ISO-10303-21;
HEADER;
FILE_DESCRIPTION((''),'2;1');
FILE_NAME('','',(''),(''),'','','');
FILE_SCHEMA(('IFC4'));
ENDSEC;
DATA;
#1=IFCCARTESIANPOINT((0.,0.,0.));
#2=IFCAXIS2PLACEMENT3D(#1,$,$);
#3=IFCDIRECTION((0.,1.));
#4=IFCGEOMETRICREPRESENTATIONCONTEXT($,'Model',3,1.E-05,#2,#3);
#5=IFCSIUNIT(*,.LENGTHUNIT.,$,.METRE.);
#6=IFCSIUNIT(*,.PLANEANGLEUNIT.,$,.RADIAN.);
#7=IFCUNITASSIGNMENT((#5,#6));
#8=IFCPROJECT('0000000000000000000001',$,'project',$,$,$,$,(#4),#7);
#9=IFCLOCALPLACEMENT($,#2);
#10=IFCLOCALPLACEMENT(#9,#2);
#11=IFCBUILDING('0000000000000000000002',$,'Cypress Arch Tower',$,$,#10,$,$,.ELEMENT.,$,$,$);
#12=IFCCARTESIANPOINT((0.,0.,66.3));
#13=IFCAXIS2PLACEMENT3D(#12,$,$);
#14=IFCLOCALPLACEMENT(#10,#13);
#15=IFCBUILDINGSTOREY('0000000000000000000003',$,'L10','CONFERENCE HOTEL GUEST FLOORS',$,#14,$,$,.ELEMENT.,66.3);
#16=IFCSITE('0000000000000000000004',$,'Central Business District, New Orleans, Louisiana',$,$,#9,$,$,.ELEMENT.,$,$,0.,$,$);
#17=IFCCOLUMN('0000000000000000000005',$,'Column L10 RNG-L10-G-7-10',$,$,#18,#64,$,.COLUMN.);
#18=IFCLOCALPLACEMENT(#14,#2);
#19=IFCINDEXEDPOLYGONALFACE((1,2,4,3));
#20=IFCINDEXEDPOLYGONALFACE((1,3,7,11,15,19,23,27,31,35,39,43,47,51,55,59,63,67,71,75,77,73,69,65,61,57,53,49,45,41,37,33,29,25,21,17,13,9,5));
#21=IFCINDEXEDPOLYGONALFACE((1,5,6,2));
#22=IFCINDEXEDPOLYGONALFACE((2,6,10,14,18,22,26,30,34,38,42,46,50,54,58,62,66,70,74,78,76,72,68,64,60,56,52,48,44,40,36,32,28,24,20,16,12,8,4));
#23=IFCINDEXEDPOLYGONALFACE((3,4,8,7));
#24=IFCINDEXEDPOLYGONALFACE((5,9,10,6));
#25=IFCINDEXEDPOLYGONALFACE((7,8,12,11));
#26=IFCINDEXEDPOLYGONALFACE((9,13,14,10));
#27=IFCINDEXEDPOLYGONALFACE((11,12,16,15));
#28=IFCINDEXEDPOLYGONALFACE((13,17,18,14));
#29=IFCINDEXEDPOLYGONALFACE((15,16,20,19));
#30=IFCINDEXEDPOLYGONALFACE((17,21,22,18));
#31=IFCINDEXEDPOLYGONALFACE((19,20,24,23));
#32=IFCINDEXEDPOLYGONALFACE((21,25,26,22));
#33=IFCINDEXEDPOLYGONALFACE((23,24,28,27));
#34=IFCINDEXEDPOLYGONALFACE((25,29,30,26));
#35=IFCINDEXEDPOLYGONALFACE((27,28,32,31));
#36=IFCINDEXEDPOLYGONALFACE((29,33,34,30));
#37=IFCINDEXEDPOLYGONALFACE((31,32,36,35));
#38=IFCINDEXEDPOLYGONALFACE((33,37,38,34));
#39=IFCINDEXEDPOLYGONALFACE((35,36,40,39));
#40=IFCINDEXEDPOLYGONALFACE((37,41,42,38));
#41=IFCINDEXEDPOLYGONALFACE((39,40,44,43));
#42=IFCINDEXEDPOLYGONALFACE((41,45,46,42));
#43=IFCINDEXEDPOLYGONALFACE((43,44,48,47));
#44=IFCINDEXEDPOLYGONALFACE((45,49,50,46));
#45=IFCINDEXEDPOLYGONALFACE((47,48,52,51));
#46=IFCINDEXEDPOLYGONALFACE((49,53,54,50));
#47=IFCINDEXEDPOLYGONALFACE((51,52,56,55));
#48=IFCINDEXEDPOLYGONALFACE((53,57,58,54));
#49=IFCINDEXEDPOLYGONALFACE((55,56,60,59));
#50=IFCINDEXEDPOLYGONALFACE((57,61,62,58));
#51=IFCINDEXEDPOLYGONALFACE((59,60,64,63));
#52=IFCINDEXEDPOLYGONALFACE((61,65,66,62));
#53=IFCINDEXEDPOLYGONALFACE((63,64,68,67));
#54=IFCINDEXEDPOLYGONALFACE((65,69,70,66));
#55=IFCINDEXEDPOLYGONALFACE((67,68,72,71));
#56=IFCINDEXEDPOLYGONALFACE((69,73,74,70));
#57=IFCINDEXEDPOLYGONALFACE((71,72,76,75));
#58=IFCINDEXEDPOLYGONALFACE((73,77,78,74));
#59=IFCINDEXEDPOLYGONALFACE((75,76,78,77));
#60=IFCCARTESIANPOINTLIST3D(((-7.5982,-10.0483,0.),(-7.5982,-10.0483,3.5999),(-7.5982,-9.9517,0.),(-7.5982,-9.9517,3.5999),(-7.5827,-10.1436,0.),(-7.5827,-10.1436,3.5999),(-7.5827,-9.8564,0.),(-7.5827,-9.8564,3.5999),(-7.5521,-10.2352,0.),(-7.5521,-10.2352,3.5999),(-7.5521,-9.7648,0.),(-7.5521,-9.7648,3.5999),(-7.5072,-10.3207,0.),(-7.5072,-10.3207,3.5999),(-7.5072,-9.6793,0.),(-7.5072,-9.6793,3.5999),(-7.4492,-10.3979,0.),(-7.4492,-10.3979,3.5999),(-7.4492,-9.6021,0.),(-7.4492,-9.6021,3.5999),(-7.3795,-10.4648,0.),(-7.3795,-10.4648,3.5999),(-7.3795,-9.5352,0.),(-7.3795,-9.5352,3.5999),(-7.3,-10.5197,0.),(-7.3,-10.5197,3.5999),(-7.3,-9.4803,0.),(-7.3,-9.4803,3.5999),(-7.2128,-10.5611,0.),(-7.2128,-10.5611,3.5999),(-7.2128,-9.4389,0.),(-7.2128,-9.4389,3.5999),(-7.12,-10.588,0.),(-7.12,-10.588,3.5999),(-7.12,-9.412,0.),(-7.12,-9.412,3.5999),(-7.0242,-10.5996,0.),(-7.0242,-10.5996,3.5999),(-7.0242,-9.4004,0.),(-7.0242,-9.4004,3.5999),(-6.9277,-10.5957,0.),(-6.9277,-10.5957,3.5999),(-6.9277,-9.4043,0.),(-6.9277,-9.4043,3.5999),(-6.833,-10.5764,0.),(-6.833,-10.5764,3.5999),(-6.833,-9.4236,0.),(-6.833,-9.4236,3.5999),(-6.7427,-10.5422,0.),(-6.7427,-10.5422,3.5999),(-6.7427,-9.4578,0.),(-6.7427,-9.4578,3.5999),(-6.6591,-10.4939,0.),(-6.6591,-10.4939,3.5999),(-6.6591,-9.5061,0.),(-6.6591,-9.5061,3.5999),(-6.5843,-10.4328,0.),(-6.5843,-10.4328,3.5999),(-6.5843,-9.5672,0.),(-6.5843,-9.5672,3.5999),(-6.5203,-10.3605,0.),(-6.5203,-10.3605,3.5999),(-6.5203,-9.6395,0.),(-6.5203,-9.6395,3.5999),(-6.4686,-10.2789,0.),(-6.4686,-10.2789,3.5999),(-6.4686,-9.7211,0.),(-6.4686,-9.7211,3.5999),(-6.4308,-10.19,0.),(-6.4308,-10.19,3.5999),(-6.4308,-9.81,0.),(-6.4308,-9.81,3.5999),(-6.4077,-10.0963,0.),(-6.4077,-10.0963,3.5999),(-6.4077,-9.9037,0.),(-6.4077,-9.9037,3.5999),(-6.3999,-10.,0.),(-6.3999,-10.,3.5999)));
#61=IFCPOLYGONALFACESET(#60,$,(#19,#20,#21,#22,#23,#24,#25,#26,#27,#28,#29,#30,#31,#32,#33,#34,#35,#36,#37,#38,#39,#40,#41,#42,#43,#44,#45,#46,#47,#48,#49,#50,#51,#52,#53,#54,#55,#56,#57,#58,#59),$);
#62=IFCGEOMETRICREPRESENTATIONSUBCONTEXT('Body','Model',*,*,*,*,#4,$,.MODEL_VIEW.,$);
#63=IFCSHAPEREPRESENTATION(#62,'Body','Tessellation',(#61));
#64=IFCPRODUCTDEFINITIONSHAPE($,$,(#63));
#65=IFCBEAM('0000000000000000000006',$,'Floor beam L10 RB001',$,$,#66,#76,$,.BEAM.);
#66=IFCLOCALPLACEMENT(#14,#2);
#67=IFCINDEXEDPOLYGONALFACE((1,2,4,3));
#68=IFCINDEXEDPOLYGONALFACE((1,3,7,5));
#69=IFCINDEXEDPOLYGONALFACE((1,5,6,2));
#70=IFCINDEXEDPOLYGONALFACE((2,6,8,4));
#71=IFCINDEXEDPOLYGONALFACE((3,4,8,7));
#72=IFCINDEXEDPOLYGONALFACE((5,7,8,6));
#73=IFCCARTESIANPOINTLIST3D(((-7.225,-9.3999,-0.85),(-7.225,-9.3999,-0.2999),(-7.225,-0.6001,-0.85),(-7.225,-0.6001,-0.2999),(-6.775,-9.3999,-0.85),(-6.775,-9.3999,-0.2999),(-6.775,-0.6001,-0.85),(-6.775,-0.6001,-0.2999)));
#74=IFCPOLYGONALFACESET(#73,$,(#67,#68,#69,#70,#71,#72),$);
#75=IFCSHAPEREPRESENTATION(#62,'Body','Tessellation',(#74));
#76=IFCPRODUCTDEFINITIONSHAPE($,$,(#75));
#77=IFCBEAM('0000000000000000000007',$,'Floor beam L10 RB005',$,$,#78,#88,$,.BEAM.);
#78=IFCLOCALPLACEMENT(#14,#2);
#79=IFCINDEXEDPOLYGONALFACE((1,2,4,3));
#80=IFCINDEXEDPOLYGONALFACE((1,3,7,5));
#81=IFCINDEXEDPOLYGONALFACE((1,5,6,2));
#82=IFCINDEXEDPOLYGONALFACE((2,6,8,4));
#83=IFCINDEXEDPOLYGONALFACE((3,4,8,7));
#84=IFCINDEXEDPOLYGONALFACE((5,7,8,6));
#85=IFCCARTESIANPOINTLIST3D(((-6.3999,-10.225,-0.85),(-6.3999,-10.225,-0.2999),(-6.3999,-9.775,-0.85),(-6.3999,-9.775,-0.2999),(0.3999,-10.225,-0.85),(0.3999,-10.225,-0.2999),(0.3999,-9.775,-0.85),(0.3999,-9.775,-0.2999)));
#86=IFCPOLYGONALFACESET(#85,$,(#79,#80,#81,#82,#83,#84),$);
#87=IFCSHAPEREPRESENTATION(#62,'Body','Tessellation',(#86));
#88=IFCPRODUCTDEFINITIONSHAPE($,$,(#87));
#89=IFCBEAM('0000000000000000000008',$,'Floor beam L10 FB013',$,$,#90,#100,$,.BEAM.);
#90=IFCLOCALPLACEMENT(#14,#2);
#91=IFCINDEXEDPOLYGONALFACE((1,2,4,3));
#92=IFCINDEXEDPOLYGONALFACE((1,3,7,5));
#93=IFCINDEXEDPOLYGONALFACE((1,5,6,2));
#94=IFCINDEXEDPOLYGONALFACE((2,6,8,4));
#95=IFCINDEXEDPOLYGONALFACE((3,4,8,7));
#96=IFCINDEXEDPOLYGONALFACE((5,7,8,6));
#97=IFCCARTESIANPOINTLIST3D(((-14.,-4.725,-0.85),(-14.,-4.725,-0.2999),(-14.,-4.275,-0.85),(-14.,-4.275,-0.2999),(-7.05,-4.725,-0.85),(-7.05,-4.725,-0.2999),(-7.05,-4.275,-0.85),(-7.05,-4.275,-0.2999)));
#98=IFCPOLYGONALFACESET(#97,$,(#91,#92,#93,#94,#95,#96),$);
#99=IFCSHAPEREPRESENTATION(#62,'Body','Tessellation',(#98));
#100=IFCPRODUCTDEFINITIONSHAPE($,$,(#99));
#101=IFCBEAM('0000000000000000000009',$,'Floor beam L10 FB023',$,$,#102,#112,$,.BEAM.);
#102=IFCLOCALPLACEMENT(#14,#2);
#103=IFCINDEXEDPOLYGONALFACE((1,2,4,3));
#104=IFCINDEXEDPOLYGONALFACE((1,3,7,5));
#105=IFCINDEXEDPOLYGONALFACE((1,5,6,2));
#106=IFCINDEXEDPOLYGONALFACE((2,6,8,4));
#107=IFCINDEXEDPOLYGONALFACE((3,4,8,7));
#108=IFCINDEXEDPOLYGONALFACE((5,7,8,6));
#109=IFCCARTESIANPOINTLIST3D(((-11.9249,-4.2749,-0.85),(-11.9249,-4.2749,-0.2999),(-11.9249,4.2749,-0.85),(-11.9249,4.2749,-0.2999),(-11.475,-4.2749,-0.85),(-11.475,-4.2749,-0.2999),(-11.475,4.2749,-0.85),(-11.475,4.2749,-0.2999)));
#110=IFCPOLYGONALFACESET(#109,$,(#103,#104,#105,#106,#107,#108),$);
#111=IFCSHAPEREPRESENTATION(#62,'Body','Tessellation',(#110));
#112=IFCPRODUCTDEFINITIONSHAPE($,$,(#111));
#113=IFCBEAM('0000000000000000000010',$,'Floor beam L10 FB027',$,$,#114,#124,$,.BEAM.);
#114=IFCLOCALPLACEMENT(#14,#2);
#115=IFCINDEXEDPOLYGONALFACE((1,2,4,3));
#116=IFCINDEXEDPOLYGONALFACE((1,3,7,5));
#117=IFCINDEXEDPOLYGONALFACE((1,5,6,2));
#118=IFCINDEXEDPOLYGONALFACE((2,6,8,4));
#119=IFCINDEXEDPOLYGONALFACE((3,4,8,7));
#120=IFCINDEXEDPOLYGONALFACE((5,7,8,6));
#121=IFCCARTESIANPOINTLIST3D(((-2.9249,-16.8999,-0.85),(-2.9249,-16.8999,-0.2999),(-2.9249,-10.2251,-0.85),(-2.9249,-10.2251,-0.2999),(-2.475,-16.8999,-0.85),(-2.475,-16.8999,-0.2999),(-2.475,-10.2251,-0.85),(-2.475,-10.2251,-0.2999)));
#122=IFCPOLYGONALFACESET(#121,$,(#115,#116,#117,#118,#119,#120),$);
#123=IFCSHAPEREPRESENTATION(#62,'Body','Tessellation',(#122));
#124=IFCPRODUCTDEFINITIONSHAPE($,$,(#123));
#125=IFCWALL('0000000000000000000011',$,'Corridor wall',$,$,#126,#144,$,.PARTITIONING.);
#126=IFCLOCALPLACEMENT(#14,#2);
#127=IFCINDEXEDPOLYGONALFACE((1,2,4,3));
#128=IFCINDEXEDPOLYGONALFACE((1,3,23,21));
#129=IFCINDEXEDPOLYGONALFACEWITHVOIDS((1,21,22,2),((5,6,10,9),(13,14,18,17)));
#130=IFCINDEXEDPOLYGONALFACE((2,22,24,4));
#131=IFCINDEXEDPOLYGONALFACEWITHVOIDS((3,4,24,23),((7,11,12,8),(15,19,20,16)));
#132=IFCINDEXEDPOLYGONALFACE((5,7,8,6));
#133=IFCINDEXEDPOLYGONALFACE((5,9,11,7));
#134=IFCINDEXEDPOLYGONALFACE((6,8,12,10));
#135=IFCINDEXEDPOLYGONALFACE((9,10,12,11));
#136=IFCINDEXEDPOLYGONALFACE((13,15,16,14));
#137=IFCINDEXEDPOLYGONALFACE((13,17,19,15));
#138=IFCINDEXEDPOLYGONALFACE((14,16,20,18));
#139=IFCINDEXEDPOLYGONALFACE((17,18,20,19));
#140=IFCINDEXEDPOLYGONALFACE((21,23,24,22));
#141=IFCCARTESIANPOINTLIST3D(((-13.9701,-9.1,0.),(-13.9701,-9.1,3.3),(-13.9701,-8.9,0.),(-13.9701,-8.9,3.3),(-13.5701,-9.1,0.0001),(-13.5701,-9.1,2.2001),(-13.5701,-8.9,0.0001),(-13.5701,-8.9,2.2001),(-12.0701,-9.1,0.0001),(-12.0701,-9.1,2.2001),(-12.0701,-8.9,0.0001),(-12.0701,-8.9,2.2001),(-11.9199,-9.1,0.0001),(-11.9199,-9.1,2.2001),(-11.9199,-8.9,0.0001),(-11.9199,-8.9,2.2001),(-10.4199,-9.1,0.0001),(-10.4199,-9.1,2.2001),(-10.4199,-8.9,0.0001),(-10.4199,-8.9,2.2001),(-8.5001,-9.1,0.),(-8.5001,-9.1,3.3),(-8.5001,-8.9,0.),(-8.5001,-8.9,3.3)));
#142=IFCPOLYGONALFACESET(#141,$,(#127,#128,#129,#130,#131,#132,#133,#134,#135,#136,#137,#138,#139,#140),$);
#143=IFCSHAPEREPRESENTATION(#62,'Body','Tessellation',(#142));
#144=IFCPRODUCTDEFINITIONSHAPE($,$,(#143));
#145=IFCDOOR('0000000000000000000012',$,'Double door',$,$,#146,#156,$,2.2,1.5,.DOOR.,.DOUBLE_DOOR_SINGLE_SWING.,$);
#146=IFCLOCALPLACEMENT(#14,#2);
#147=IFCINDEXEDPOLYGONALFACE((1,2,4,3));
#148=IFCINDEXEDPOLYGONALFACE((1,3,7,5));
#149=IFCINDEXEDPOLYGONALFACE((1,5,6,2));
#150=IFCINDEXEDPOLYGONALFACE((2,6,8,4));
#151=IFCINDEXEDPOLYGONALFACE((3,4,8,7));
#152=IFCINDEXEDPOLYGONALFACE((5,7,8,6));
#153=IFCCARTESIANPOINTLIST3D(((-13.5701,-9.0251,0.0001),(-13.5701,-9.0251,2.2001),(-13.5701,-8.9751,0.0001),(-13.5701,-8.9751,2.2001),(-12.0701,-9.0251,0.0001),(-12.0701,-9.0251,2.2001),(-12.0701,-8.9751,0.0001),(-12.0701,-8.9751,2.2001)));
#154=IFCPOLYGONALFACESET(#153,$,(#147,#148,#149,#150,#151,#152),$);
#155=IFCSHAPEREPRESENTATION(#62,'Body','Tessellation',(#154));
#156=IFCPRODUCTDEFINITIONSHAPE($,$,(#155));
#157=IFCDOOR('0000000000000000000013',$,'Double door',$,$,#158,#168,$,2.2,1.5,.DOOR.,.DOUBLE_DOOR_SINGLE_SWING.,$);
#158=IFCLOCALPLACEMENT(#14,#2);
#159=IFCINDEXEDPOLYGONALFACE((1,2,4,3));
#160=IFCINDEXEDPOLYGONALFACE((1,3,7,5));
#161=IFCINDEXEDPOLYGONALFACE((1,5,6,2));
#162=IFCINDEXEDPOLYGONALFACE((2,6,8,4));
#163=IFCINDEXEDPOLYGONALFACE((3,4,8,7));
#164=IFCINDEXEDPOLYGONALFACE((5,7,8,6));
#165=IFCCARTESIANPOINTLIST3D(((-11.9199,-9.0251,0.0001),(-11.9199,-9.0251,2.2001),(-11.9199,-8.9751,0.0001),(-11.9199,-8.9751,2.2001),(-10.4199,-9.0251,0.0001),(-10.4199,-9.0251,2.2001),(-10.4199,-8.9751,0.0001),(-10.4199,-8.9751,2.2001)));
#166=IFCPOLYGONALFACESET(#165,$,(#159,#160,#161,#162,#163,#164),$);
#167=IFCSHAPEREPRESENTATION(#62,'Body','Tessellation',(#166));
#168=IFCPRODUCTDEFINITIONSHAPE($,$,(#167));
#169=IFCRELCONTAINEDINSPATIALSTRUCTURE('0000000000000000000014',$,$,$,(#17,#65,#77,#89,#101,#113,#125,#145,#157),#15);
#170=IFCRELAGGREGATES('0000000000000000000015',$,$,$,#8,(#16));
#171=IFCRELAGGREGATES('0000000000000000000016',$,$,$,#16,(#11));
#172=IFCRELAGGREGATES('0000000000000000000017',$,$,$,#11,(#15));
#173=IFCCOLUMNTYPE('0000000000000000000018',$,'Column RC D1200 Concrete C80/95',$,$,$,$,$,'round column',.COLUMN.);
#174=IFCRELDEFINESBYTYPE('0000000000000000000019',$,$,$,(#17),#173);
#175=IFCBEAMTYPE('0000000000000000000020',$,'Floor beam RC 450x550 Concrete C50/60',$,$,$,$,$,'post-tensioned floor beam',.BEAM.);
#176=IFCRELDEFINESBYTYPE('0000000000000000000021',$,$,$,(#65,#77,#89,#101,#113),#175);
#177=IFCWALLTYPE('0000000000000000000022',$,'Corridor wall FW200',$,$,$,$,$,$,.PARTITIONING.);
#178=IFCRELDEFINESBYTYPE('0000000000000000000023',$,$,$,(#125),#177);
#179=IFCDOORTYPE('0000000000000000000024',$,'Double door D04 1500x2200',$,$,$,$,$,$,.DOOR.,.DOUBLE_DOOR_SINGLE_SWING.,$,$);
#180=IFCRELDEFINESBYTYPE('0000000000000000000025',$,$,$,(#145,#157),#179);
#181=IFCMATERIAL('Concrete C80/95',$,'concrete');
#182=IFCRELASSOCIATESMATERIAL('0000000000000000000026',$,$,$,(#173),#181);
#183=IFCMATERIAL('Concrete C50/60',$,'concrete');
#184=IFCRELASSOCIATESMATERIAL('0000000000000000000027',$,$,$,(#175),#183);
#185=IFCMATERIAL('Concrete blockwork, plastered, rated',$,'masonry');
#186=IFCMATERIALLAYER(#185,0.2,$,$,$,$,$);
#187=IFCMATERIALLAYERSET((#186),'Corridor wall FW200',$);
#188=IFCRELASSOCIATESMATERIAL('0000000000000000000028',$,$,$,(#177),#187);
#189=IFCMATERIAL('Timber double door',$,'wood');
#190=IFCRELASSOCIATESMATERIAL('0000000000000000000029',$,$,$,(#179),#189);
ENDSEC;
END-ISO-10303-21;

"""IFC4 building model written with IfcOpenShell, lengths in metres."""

from ifc_helpers import new_model, si_unit, direction, frame, frame_2d, origin, origin_2d, place, context, subcontext, project, spatial, rectangle, circle, extrude, material, layer, layer_set, material_profile, profile_set, type_object, element, fill, save


model = new_model("IFC4")

# Units and contexts
model_context = context("Model", 3, precision=1e-05, world=origin(), true_north=direction((0.0, 1.0)))
body_context = subcontext(model_context, "Body", "Model", "MODEL_VIEW")
ifc_project = project(units=[si_unit("LENGTHUNIT", "METRE"), si_unit("PLANEANGLEUNIT", "RADIAN")], contexts=[model_context])

# Site, building, storey
site_placement = place(None, origin())
site = spatial("IfcSite", under=ifc_project, at=site_placement, Name="Central Business District, New Orleans, Louisiana", CompositionType="ELEMENT", RefElevation=0.0)
building_placement = place(site_placement, origin())
building = spatial("IfcBuilding", under=site, at=building_placement, Name="Cypress Arch Tower", CompositionType="ELEMENT")
storey_placement = place(building_placement, frame((0.0, 0.0, 66.3)))
storey = spatial("IfcBuildingStorey", under=building, at=storey_placement, Name="L10", Description="CONFERENCE HOTEL GUEST FLOORS", CompositionType="ELEMENT", Elevation=66.3)

# Column
ifc_material_1 = material(Name="Concrete C80/95", Category="concrete")
ifc_material_profile_1 = material_profile(ifc_material_1, circle(Radius=0.6001, at=origin_2d()), Name="RC D1200")
ifc_profile_set_1 = profile_set([ifc_material_profile_1], Name="Concrete C80/95")
column_type = type_object("IfcColumnType", Name="Column RC D1200 Concrete C80/95", ElementType="round column", PredefinedType="COLUMN", material=ifc_profile_set_1)
column_placement = place(storey_placement, frame((-7.0, -10.0, 0.0), z_axis=(0.0, 0.0, 1.0), x_axis=(1.0, 0.0, 0.0)))
element("IfcColumn", 1, at=column_placement, inside=storey, type_object=column_type, Name="Column L10 RNG-L10-G-7-10", PredefinedType="COLUMN", context=body_context, shape_type="SweptSolid", body=[
    extrude(circle(Radius=0.6001, at=origin_2d()), origin(), (0.0, 0.0, 1.0), 3.5999),
])

# Beams
ifc_material_2 = material(Name="Concrete C50/60", Category="concrete")
ifc_material_profile_2 = material_profile(ifc_material_2, rectangle(XDim=0.45, YDim=0.55, at=origin_2d()), Name="RC 450x550")
ifc_profile_set_2 = profile_set([ifc_material_profile_2], Name="Concrete C50/60")
beam_type = type_object("IfcBeamType", Name="Floor beam RC 450x550 Concrete C50/60", ElementType="post-tensioned floor beam", PredefinedType="BEAM", material=ifc_profile_set_2)
beam_1_placement = place(storey_placement, frame((-7.0, -9.3999, -0.575), z_axis=(0.0, 1.0, 0.0), x_axis=(-1.0, 0.0, 0.0)))
element("IfcBeam", 2, at=beam_1_placement, inside=storey, type_object=beam_type, Name="Floor beam L10 RB001", PredefinedType="BEAM", context=body_context, shape_type="SweptSolid", body=[
    extrude(rectangle(XDim=0.45, YDim=0.55, at=origin_2d()), origin(), (0.0, 0.0, 1.0), 8.7998),
])
beam_2_placement = place(storey_placement, frame((-6.3999, -10.0, -0.575), z_axis=(1.0, 0.0, 0.0), x_axis=(0.0, 1.0, 0.0)))
element("IfcBeam", 3, at=beam_2_placement, inside=storey, type_object=beam_type, Name="Floor beam L10 RB005", PredefinedType="BEAM", context=body_context, shape_type="SweptSolid", body=[
    extrude(rectangle(XDim=0.45, YDim=0.55, at=origin_2d()), origin(), (0.0, 0.0, 1.0), 6.7998),
])
beam_3_placement = place(storey_placement, frame((-14.0, -4.5, -0.575), z_axis=(1.0, 0.0, 0.0), x_axis=(0.0, 1.0, 0.0)))
element("IfcBeam", 4, at=beam_3_placement, inside=storey, type_object=beam_type, Name="Floor beam L10 FB013", PredefinedType="BEAM", context=body_context, shape_type="SweptSolid", body=[
    extrude(rectangle(XDim=0.45, YDim=0.55, at=origin_2d()), origin(), (0.0, 0.0, 1.0), 6.95),
])
beam_4_placement = place(storey_placement, frame((-11.7, -4.2749, -0.575), z_axis=(0.0, 1.0, 0.0), x_axis=(-1.0, 0.0, 0.0)))
element("IfcBeam", 5, at=beam_4_placement, inside=storey, type_object=beam_type, Name="Floor beam L10 FB023", PredefinedType="BEAM", context=body_context, shape_type="SweptSolid", body=[
    extrude(rectangle(XDim=0.45, YDim=0.55, at=origin_2d()), origin(), (0.0, 0.0, 1.0), 8.5498),
])
beam_5_placement = place(storey_placement, frame((-2.7, -16.8999, -0.575), z_axis=(0.0, 1.0, 0.0), x_axis=(-1.0, 0.0, 0.0)))
element("IfcBeam", 6, at=beam_5_placement, inside=storey, type_object=beam_type, Name="Floor beam L10 FB027", PredefinedType="BEAM", context=body_context, shape_type="SweptSolid", body=[
    extrude(rectangle(XDim=0.45, YDim=0.55, at=origin_2d()), origin(), (0.0, 0.0, 1.0), 6.6748),
])

# Wall, openings, doors
ifc_material_3 = material(Name="Concrete blockwork, plastered, rated", Category="masonry")
ifc_layer_1 = layer(ifc_material_3, 0.2)
ifc_layer_set_1 = layer_set([ifc_layer_1], Name="Corridor wall FW200")
wall_type_1 = type_object("IfcWallType", Name="Corridor wall FW200", PredefinedType="PARTITIONING", material=ifc_layer_set_1)
wall_1_placement = place(storey_placement, frame((-13.97, -9.0, 0.0), z_axis=(0.0, 0.0, 1.0), x_axis=(1.0, 0.0, 0.0)))
wall_1 = element("IfcWall", 7, at=wall_1_placement, inside=storey, type_object=wall_type_1, Name="Corridor wall", PredefinedType="PARTITIONING", context=body_context, shape_type="SweptSolid", body=[
    extrude(rectangle(XDim=5.47, YDim=0.2, at=frame_2d((2.7349, 0.0))), origin(), (0.0, 0.0, 1.0), 3.3),
])
opening_1_placement = place(wall_1_placement, frame((0.3999, 0.0, 0.0)))
opening_1 = element("IfcOpeningElement", 8, at=opening_1_placement, cuts=wall_1, PredefinedType="OPENING", context=body_context, shape_type="SweptSolid", body=[
    extrude(rectangle(XDim=1.5, YDim=2.2, at=frame_2d((0.75, 1.1001))), frame((0.0, 0.1099, 0.0), z_axis=(0.0, -1.0, 0.0), x_axis=(1.0, 0.0, 0.0)), (0.0, 0.0, 1.0), 0.22),
])
opening_2_placement = place(wall_1_placement, frame((2.05, 0.0, 0.0)))
opening_2 = element("IfcOpeningElement", 9, at=opening_2_placement, cuts=wall_1, PredefinedType="OPENING", context=body_context, shape_type="SweptSolid", body=[
    extrude(rectangle(XDim=1.5, YDim=2.2, at=frame_2d((0.75, 1.1001))), frame((0.0, 0.1099, 0.0), z_axis=(0.0, -1.0, 0.0), x_axis=(1.0, 0.0, 0.0)), (0.0, 0.0, 1.0), 0.22),
])
ifc_material_4 = material(Name="Timber double door", Category="wood")
door_type_1 = type_object("IfcDoorType", Name="Double door D04 1500x2200", OperationType="DOUBLE_DOOR_SINGLE_SWING", PredefinedType="DOOR", material=ifc_material_4)
door_1_placement = place(opening_1_placement, origin())
door_1 = element("IfcDoor", 10, at=door_1_placement, inside=storey, type_object=door_type_1, Name="Double door", OperationType="DOUBLE_DOOR_SINGLE_SWING", OverallHeight=2.2, OverallWidth=1.5, PredefinedType="DOOR", context=body_context, shape_type="SweptSolid", body=[
    extrude(rectangle(XDim=1.5, YDim=2.2, at=frame_2d((0.75, 1.1001))), frame((0.0, 0.0249, 0.0), z_axis=(0.0, -1.0, 0.0), x_axis=(1.0, 0.0, 0.0)), (0.0, 0.0, 1.0), 0.05),
])
fill(opening_1, door_1)
door_2_placement = place(opening_2_placement, origin())
door_2 = element("IfcDoor", 11, at=door_2_placement, inside=storey, type_object=door_type_1, Name="Double door", OperationType="DOUBLE_DOOR_SINGLE_SWING", OverallHeight=2.2, OverallWidth=1.5, PredefinedType="DOOR", context=body_context, shape_type="SweptSolid", body=[
    extrude(rectangle(XDim=1.5, YDim=2.2, at=frame_2d((0.75, 1.1001))), frame((0.0, 0.0249, 0.0), z_axis=(0.0, -1.0, 0.0), x_axis=(1.0, 0.0, 0.0)), (0.0, 0.0, 1.0), 0.05),
])
fill(opening_2, door_2)

save(model, "model.ifc")
